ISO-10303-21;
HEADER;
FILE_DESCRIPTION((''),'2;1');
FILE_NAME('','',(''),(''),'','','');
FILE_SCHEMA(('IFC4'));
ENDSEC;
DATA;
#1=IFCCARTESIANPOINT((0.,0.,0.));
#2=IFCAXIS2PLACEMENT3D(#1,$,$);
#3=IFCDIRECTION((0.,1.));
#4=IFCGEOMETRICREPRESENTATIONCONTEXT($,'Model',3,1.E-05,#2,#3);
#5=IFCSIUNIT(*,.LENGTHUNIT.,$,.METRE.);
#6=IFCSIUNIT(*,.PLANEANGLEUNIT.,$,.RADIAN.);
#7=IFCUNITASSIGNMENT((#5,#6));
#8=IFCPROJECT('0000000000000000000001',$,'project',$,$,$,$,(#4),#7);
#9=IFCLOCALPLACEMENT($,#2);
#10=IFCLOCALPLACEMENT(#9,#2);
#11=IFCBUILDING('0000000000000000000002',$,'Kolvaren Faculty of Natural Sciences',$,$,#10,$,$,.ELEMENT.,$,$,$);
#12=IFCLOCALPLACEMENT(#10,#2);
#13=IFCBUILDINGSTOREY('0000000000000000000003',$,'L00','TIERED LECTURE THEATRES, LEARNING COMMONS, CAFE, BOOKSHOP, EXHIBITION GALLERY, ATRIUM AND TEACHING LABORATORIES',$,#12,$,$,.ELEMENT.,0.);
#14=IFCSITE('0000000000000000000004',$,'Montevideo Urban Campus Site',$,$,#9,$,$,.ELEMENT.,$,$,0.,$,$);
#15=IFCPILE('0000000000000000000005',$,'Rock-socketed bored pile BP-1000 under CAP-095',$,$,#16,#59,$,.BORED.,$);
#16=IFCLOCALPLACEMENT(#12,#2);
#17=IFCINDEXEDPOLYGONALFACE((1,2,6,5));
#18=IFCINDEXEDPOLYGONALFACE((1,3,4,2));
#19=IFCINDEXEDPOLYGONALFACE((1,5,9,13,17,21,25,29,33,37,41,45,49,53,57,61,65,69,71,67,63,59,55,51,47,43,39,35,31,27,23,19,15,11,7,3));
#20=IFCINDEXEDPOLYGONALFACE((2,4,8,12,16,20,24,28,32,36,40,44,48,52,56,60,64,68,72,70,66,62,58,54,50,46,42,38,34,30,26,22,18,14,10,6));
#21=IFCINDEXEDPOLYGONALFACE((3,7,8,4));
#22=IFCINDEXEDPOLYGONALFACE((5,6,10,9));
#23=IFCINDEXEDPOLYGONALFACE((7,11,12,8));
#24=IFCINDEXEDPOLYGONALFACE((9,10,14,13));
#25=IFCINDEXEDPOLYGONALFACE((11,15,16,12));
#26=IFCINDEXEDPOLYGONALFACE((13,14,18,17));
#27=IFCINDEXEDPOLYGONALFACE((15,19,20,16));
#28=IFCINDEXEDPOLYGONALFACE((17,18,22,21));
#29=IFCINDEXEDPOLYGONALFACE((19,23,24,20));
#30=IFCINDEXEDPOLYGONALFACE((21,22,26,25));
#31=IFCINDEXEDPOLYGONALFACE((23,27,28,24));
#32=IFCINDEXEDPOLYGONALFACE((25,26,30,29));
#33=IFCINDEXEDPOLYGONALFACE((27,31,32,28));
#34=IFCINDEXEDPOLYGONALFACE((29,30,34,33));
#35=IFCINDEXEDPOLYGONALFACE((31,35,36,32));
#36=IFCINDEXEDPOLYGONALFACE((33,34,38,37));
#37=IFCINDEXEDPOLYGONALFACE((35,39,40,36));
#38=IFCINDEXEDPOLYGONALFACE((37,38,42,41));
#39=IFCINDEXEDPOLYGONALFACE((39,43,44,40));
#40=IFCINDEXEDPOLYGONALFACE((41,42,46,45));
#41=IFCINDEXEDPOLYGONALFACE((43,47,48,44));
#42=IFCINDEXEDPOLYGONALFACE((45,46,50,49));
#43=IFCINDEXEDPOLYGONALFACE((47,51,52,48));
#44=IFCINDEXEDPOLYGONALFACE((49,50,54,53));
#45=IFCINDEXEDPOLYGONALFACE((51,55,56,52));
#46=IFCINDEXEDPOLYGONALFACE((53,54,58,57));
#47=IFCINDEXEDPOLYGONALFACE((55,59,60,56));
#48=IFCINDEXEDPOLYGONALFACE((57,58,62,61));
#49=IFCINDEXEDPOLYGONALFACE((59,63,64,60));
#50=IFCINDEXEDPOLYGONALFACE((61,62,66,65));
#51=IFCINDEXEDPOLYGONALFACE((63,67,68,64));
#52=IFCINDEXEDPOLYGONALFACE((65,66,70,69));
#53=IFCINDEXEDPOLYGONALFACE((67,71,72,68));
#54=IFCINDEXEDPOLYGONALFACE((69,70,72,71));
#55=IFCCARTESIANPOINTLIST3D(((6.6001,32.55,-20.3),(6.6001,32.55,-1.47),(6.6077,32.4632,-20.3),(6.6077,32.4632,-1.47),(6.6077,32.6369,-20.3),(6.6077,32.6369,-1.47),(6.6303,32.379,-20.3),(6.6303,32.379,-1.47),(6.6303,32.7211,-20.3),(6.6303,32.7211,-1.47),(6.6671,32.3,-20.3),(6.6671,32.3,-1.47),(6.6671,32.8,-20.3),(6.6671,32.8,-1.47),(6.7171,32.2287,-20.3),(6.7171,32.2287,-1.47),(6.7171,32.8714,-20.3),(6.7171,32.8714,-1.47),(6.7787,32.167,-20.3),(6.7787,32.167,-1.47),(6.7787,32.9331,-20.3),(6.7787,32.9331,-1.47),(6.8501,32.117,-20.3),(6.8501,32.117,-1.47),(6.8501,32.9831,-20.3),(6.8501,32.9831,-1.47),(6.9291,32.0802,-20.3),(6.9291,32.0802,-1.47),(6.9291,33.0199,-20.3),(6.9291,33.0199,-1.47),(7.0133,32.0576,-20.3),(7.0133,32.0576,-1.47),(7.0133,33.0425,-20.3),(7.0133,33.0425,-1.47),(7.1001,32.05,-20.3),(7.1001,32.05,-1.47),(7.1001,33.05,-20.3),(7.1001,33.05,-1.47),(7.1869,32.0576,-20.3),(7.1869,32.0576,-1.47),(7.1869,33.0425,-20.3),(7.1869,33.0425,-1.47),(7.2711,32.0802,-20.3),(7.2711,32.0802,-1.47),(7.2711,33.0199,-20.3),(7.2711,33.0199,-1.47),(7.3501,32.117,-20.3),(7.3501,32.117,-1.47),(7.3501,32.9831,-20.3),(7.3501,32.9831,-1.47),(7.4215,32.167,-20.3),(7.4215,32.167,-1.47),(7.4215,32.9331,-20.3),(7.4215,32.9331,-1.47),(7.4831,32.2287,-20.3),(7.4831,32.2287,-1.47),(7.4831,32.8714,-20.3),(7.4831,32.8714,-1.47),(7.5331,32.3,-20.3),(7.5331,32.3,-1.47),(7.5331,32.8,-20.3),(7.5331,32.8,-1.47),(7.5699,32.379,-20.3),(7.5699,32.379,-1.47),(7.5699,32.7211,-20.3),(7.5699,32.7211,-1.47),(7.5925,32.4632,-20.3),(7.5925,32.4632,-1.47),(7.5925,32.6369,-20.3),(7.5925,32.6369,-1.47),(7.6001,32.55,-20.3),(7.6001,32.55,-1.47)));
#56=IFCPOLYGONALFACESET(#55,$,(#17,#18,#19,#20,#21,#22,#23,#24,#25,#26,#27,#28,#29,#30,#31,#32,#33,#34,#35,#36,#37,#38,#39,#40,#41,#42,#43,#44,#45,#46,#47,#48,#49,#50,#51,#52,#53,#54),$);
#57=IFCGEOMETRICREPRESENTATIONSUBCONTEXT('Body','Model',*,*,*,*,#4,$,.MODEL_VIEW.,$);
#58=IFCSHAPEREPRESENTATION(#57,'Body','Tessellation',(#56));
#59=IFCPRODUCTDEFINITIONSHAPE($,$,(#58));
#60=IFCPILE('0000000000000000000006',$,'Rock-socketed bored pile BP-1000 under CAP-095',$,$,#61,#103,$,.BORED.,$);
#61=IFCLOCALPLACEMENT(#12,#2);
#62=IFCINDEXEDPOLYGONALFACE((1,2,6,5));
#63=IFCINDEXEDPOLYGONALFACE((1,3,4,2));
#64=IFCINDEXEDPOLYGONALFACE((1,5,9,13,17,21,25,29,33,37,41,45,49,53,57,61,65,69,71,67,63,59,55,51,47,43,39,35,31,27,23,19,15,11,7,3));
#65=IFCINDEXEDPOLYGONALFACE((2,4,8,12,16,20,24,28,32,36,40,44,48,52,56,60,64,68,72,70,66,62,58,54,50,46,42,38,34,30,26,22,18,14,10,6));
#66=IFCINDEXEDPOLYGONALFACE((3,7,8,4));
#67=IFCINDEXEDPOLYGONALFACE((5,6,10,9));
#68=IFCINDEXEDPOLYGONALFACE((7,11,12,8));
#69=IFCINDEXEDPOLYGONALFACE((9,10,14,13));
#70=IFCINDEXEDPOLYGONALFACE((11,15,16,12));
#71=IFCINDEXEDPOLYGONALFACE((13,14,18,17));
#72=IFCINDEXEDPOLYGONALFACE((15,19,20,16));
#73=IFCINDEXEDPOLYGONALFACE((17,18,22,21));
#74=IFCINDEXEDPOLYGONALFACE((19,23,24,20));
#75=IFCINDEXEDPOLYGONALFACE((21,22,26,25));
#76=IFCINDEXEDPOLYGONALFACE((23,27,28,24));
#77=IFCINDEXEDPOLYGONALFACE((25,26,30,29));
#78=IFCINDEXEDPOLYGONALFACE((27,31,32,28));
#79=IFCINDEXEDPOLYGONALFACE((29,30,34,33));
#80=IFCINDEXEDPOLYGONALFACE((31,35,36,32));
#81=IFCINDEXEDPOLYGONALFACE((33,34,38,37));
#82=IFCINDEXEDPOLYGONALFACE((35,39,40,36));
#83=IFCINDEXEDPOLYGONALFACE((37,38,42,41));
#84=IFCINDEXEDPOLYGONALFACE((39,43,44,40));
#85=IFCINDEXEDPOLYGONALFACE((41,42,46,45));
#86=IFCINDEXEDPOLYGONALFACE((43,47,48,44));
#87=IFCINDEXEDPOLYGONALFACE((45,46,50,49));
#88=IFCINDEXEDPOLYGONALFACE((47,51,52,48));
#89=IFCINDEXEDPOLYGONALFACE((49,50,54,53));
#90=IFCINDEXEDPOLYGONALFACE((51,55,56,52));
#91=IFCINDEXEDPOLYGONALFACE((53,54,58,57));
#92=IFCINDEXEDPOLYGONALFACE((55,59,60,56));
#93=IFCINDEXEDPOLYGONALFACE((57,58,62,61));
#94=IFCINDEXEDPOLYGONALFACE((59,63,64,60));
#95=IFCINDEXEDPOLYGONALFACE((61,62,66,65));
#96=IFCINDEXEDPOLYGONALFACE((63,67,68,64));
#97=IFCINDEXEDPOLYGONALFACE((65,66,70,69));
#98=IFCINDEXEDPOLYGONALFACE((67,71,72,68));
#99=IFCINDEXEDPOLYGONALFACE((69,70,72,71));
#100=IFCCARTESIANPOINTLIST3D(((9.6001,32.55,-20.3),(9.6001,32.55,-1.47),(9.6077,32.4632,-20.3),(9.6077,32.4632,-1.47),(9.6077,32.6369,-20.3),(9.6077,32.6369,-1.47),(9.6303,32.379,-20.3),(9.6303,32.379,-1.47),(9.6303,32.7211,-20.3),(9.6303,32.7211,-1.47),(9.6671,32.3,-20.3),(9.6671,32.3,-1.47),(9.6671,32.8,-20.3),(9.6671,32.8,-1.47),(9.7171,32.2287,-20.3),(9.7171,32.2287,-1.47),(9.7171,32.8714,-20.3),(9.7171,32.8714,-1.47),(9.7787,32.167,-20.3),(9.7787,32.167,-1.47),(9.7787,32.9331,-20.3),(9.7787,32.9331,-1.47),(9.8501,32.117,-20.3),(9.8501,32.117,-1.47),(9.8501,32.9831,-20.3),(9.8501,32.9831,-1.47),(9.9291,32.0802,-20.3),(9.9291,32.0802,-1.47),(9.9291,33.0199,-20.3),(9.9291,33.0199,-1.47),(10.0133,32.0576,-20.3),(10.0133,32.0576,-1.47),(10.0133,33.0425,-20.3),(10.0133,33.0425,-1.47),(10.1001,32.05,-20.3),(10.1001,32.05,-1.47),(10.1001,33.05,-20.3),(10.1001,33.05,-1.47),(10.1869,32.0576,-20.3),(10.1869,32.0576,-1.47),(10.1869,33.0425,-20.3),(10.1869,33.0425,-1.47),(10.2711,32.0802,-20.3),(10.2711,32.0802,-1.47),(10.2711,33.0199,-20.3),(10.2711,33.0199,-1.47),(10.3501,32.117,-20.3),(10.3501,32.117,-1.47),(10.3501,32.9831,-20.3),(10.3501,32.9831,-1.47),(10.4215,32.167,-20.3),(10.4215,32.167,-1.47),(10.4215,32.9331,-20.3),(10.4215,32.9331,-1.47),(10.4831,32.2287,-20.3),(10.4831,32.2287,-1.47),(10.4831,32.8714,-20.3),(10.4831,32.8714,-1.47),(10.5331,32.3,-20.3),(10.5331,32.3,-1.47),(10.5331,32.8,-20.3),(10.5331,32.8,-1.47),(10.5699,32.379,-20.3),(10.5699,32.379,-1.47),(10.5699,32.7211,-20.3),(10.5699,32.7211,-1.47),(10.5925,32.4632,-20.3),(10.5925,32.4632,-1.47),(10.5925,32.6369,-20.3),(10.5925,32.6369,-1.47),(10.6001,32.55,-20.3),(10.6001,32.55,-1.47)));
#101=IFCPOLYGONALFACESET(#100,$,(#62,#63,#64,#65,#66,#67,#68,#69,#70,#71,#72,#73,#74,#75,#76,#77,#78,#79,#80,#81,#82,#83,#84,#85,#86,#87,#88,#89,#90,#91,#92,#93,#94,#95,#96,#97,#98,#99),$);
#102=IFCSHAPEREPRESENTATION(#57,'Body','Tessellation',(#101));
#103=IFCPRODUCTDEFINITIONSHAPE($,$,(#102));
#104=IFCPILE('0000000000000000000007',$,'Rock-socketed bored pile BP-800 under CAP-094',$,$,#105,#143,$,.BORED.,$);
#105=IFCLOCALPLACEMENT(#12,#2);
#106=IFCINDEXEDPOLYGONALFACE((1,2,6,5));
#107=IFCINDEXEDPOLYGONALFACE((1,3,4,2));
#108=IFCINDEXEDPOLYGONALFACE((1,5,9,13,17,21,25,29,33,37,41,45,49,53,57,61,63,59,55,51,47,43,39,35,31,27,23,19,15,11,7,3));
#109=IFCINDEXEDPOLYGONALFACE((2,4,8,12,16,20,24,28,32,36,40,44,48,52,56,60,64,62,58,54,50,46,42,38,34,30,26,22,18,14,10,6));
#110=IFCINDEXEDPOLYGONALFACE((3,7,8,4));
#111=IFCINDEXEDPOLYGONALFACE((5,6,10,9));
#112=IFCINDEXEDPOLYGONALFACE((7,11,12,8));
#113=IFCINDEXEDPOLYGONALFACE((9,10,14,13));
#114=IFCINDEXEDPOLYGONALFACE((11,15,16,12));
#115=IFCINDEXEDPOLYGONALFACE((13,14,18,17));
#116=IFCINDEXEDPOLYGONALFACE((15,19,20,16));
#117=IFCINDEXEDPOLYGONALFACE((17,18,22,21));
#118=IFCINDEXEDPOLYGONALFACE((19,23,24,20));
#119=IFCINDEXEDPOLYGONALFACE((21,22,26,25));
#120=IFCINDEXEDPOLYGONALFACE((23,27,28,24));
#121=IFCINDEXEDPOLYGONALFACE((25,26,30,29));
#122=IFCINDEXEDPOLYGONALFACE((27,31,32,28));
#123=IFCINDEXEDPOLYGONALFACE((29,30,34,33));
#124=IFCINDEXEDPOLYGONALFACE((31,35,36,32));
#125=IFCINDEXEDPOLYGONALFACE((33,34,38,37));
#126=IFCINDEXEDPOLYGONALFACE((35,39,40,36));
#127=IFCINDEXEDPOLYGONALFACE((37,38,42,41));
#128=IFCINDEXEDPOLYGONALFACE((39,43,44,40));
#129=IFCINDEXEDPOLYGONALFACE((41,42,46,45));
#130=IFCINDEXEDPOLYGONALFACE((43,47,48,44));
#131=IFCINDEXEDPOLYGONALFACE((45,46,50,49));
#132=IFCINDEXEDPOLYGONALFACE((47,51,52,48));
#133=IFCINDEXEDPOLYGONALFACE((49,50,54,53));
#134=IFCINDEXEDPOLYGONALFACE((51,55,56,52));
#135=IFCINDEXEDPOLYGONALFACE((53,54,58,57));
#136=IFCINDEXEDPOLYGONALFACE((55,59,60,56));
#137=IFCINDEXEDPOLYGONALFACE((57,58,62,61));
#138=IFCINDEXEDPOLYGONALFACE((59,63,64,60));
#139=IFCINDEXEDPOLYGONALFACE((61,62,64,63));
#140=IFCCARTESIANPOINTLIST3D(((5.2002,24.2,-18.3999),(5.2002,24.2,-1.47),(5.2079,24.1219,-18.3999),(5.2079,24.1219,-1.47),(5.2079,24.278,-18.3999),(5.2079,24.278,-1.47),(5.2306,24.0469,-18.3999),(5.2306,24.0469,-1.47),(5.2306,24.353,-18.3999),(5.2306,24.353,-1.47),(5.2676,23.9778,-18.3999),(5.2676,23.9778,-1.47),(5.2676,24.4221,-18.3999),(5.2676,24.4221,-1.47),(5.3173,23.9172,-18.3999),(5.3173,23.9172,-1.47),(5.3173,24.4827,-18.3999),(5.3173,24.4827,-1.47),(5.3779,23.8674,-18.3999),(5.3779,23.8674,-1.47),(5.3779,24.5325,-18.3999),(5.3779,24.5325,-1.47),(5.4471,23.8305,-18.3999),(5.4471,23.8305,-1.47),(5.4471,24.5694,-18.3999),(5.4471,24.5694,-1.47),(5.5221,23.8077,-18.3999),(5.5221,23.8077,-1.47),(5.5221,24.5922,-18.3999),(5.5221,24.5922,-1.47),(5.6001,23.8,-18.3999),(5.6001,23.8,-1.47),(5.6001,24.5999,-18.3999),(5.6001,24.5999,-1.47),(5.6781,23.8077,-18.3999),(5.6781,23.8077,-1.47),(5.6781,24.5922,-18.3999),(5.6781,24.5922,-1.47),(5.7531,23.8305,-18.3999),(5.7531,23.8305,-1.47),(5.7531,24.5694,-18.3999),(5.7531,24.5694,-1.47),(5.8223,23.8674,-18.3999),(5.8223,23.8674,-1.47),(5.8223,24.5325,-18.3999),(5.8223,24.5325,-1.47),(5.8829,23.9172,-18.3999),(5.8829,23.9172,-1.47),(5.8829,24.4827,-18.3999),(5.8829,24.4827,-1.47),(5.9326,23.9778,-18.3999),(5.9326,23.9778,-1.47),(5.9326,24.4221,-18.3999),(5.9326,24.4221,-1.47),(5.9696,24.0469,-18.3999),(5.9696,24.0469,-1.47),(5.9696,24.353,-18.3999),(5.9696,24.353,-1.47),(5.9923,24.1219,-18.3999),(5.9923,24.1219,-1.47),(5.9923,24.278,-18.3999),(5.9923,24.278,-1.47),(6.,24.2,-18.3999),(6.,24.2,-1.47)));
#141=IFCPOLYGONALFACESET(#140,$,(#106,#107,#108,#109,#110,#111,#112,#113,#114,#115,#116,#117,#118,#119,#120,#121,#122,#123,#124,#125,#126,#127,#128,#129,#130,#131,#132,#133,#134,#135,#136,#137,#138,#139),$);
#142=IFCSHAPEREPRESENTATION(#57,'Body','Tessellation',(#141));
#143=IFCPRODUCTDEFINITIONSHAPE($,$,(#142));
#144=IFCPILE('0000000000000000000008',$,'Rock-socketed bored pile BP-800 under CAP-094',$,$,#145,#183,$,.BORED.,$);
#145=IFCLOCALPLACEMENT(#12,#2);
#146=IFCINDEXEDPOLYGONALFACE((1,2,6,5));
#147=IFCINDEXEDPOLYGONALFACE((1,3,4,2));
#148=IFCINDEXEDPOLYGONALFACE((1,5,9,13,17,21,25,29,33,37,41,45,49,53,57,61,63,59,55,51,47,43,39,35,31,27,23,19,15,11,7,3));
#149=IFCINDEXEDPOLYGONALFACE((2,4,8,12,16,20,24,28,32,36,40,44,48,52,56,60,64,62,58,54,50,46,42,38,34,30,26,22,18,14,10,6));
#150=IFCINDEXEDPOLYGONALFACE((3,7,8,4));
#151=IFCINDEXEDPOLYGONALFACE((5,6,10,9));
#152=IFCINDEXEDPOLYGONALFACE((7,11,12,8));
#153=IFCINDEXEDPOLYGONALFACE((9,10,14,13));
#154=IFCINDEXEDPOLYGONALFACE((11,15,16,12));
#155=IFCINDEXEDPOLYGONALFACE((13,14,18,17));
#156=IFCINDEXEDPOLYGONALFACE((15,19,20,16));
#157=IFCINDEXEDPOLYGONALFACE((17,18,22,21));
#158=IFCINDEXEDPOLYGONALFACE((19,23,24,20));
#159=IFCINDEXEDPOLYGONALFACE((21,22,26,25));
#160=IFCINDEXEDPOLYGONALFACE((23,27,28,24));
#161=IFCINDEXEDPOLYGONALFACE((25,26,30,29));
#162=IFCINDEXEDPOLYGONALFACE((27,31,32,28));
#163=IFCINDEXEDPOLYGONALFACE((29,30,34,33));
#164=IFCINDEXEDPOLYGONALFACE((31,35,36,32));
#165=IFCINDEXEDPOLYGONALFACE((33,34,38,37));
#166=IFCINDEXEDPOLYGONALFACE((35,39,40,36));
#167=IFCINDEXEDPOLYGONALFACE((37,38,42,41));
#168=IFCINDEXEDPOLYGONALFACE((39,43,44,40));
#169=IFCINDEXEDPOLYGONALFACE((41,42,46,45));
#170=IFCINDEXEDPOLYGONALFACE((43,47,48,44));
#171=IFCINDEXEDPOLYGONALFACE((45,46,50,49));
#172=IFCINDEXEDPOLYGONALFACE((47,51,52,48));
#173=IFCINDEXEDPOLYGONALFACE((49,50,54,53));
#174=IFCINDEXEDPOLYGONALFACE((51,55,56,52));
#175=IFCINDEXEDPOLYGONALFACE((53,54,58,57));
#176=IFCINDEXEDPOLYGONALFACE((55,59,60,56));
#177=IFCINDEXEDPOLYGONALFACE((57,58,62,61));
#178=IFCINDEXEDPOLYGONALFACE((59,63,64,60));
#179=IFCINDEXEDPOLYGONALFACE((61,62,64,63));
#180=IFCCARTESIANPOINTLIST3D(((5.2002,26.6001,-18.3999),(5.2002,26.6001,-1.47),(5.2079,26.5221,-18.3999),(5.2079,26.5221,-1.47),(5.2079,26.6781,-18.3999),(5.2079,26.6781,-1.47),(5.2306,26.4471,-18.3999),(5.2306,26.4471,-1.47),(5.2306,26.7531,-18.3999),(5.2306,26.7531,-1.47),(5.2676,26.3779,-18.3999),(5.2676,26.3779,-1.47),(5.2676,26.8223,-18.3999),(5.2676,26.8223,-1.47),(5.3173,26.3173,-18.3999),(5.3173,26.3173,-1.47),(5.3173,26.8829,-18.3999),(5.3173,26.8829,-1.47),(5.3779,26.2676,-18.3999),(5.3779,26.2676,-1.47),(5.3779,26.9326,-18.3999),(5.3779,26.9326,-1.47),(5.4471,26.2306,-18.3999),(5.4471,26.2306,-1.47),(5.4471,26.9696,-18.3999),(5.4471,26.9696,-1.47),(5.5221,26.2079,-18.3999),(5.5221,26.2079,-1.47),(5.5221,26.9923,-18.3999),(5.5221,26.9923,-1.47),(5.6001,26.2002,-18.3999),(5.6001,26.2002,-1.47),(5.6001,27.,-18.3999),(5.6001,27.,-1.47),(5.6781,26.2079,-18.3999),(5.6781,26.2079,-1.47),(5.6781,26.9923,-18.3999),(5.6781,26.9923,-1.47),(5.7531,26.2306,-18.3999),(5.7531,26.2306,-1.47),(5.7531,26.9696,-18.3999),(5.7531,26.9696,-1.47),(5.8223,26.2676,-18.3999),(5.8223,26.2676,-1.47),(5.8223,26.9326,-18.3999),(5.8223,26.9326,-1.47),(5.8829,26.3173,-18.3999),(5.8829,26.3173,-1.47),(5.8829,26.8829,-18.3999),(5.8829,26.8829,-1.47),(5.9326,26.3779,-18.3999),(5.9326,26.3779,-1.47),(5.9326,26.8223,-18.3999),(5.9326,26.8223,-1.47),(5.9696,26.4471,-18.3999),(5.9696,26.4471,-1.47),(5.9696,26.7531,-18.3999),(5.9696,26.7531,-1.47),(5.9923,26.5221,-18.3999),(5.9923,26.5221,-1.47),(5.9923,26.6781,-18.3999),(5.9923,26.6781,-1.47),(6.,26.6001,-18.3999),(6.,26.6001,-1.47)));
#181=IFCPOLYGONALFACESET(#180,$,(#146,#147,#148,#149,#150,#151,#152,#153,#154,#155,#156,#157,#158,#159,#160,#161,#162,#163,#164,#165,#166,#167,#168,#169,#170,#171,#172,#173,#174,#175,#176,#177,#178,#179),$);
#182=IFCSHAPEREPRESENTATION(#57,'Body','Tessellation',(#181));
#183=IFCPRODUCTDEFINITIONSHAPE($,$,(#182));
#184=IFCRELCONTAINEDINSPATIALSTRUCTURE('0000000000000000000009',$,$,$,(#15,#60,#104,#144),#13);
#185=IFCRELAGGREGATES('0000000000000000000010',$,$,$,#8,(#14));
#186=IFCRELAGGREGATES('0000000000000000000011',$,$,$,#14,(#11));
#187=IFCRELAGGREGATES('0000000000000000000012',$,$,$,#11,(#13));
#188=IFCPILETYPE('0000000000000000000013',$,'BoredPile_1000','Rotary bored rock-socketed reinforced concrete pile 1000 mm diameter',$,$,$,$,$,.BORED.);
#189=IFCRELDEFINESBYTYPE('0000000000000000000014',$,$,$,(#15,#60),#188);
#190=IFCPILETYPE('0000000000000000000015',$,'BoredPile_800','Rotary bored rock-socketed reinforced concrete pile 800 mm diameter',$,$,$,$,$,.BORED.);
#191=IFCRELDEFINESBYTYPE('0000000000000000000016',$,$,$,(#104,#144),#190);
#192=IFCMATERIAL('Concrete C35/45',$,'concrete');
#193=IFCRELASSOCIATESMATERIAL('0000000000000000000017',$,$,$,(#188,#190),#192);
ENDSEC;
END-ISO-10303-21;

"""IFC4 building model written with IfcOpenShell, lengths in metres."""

from ifc_helpers import new_model, si_unit, direction, frame, origin, origin_2d, place, context, subcontext, project, spatial, circle, extrude, material, material_profile, profile_set, type_object, element, save


model = new_model("IFC4")

# Units and contexts
model_context = context("Model", 3, precision=1e-05, world=origin(), true_north=direction((0.0, 1.0)))
body_context = subcontext(model_context, "Body", "Model", "MODEL_VIEW")
ifc_project = project(units=[si_unit("LENGTHUNIT", "METRE"), si_unit("PLANEANGLEUNIT", "RADIAN")], contexts=[model_context])

# Site, building, storey
site_placement = place(None, origin())
site = spatial("IfcSite", under=ifc_project, at=site_placement, Name="Montevideo Urban Campus Site", CompositionType="ELEMENT", RefElevation=0.0)
building_placement = place(site_placement, origin())
building = spatial("IfcBuilding", under=site, at=building_placement, Name="Kolvaren Faculty of Natural Sciences", CompositionType="ELEMENT")
storey_placement = place(building_placement, origin())
storey = spatial("IfcBuildingStorey", under=building, at=storey_placement, Name="L00", Description="TIERED LECTURE THEATRES, LEARNING COMMONS, CAFE, BOOKSHOP, EXHIBITION GALLERY, ATRIUM AND TEACHING LABORATORIES", CompositionType="ELEMENT", Elevation=0.0)

# Piles
ifc_material_1 = material(Name="Concrete C35/45", Category="concrete")
ifc_material_profile_1 = material_profile(ifc_material_1, circle(Radius=0.5, at=origin_2d()), Name="PILE D1000")
ifc_profile_set_1 = profile_set([ifc_material_profile_1], Name="Concrete C35/45")
pile_type_1 = type_object("IfcPileType", Name="BoredPile_1000", Description="Rotary bored rock-socketed reinforced concrete pile 1000 mm diameter", PredefinedType="BORED", material=ifc_profile_set_1)
for number, where, z_axis, x_axis, name in (
    (1, (7.1001, 32.55, -1.47), (0.0, 0.0, -1.0), (1.0, 0.0, 0.0), "Rock-socketed bored pile BP-1000 under CAP-095"),
    (2, (10.1001, 32.55, -1.47), (0.0, 0.0, -1.0), (1.0, 0.0, 0.0), "Rock-socketed bored pile BP-1000 under CAP-095"),
):
    element("IfcPile", number, at=place(storey_placement, frame(where, z_axis=z_axis, x_axis=x_axis)), inside=storey, type_object=pile_type_1, Name=name, PredefinedType="BORED", context=body_context, shape_type="SweptSolid", body=[
        extrude(circle(Radius=0.5, at=origin_2d()), origin(), (0.0, 0.0, 1.0), 18.8301),
    ])
ifc_material_profile_2 = material_profile(ifc_material_1, circle(Radius=0.3999, at=origin_2d()), Name="PILE D800")
ifc_profile_set_2 = profile_set([ifc_material_profile_2], Name="Concrete C35/45")
pile_type_2 = type_object("IfcPileType", Name="BoredPile_800", Description="Rotary bored rock-socketed reinforced concrete pile 800 mm diameter", PredefinedType="BORED", material=ifc_profile_set_2)
for number, where, z_axis, x_axis, name in (
    (3, (5.6001, 24.2, -1.47), (0.0, 0.0, -1.0), (1.0, 0.0, 0.0), "Rock-socketed bored pile BP-800 under CAP-094"),
    (4, (5.6001, 26.6001, -1.47), (0.0, 0.0, -1.0), (1.0, 0.0, 0.0), "Rock-socketed bored pile BP-800 under CAP-094"),
):
    element("IfcPile", number, at=place(storey_placement, frame(where, z_axis=z_axis, x_axis=x_axis)), inside=storey, type_object=pile_type_2, Name=name, PredefinedType="BORED", context=body_context, shape_type="SweptSolid", body=[
        extrude(circle(Radius=0.3999, at=origin_2d()), origin(), (0.0, 0.0, 1.0), 16.9299),
    ])

save(model, "model.ifc")
